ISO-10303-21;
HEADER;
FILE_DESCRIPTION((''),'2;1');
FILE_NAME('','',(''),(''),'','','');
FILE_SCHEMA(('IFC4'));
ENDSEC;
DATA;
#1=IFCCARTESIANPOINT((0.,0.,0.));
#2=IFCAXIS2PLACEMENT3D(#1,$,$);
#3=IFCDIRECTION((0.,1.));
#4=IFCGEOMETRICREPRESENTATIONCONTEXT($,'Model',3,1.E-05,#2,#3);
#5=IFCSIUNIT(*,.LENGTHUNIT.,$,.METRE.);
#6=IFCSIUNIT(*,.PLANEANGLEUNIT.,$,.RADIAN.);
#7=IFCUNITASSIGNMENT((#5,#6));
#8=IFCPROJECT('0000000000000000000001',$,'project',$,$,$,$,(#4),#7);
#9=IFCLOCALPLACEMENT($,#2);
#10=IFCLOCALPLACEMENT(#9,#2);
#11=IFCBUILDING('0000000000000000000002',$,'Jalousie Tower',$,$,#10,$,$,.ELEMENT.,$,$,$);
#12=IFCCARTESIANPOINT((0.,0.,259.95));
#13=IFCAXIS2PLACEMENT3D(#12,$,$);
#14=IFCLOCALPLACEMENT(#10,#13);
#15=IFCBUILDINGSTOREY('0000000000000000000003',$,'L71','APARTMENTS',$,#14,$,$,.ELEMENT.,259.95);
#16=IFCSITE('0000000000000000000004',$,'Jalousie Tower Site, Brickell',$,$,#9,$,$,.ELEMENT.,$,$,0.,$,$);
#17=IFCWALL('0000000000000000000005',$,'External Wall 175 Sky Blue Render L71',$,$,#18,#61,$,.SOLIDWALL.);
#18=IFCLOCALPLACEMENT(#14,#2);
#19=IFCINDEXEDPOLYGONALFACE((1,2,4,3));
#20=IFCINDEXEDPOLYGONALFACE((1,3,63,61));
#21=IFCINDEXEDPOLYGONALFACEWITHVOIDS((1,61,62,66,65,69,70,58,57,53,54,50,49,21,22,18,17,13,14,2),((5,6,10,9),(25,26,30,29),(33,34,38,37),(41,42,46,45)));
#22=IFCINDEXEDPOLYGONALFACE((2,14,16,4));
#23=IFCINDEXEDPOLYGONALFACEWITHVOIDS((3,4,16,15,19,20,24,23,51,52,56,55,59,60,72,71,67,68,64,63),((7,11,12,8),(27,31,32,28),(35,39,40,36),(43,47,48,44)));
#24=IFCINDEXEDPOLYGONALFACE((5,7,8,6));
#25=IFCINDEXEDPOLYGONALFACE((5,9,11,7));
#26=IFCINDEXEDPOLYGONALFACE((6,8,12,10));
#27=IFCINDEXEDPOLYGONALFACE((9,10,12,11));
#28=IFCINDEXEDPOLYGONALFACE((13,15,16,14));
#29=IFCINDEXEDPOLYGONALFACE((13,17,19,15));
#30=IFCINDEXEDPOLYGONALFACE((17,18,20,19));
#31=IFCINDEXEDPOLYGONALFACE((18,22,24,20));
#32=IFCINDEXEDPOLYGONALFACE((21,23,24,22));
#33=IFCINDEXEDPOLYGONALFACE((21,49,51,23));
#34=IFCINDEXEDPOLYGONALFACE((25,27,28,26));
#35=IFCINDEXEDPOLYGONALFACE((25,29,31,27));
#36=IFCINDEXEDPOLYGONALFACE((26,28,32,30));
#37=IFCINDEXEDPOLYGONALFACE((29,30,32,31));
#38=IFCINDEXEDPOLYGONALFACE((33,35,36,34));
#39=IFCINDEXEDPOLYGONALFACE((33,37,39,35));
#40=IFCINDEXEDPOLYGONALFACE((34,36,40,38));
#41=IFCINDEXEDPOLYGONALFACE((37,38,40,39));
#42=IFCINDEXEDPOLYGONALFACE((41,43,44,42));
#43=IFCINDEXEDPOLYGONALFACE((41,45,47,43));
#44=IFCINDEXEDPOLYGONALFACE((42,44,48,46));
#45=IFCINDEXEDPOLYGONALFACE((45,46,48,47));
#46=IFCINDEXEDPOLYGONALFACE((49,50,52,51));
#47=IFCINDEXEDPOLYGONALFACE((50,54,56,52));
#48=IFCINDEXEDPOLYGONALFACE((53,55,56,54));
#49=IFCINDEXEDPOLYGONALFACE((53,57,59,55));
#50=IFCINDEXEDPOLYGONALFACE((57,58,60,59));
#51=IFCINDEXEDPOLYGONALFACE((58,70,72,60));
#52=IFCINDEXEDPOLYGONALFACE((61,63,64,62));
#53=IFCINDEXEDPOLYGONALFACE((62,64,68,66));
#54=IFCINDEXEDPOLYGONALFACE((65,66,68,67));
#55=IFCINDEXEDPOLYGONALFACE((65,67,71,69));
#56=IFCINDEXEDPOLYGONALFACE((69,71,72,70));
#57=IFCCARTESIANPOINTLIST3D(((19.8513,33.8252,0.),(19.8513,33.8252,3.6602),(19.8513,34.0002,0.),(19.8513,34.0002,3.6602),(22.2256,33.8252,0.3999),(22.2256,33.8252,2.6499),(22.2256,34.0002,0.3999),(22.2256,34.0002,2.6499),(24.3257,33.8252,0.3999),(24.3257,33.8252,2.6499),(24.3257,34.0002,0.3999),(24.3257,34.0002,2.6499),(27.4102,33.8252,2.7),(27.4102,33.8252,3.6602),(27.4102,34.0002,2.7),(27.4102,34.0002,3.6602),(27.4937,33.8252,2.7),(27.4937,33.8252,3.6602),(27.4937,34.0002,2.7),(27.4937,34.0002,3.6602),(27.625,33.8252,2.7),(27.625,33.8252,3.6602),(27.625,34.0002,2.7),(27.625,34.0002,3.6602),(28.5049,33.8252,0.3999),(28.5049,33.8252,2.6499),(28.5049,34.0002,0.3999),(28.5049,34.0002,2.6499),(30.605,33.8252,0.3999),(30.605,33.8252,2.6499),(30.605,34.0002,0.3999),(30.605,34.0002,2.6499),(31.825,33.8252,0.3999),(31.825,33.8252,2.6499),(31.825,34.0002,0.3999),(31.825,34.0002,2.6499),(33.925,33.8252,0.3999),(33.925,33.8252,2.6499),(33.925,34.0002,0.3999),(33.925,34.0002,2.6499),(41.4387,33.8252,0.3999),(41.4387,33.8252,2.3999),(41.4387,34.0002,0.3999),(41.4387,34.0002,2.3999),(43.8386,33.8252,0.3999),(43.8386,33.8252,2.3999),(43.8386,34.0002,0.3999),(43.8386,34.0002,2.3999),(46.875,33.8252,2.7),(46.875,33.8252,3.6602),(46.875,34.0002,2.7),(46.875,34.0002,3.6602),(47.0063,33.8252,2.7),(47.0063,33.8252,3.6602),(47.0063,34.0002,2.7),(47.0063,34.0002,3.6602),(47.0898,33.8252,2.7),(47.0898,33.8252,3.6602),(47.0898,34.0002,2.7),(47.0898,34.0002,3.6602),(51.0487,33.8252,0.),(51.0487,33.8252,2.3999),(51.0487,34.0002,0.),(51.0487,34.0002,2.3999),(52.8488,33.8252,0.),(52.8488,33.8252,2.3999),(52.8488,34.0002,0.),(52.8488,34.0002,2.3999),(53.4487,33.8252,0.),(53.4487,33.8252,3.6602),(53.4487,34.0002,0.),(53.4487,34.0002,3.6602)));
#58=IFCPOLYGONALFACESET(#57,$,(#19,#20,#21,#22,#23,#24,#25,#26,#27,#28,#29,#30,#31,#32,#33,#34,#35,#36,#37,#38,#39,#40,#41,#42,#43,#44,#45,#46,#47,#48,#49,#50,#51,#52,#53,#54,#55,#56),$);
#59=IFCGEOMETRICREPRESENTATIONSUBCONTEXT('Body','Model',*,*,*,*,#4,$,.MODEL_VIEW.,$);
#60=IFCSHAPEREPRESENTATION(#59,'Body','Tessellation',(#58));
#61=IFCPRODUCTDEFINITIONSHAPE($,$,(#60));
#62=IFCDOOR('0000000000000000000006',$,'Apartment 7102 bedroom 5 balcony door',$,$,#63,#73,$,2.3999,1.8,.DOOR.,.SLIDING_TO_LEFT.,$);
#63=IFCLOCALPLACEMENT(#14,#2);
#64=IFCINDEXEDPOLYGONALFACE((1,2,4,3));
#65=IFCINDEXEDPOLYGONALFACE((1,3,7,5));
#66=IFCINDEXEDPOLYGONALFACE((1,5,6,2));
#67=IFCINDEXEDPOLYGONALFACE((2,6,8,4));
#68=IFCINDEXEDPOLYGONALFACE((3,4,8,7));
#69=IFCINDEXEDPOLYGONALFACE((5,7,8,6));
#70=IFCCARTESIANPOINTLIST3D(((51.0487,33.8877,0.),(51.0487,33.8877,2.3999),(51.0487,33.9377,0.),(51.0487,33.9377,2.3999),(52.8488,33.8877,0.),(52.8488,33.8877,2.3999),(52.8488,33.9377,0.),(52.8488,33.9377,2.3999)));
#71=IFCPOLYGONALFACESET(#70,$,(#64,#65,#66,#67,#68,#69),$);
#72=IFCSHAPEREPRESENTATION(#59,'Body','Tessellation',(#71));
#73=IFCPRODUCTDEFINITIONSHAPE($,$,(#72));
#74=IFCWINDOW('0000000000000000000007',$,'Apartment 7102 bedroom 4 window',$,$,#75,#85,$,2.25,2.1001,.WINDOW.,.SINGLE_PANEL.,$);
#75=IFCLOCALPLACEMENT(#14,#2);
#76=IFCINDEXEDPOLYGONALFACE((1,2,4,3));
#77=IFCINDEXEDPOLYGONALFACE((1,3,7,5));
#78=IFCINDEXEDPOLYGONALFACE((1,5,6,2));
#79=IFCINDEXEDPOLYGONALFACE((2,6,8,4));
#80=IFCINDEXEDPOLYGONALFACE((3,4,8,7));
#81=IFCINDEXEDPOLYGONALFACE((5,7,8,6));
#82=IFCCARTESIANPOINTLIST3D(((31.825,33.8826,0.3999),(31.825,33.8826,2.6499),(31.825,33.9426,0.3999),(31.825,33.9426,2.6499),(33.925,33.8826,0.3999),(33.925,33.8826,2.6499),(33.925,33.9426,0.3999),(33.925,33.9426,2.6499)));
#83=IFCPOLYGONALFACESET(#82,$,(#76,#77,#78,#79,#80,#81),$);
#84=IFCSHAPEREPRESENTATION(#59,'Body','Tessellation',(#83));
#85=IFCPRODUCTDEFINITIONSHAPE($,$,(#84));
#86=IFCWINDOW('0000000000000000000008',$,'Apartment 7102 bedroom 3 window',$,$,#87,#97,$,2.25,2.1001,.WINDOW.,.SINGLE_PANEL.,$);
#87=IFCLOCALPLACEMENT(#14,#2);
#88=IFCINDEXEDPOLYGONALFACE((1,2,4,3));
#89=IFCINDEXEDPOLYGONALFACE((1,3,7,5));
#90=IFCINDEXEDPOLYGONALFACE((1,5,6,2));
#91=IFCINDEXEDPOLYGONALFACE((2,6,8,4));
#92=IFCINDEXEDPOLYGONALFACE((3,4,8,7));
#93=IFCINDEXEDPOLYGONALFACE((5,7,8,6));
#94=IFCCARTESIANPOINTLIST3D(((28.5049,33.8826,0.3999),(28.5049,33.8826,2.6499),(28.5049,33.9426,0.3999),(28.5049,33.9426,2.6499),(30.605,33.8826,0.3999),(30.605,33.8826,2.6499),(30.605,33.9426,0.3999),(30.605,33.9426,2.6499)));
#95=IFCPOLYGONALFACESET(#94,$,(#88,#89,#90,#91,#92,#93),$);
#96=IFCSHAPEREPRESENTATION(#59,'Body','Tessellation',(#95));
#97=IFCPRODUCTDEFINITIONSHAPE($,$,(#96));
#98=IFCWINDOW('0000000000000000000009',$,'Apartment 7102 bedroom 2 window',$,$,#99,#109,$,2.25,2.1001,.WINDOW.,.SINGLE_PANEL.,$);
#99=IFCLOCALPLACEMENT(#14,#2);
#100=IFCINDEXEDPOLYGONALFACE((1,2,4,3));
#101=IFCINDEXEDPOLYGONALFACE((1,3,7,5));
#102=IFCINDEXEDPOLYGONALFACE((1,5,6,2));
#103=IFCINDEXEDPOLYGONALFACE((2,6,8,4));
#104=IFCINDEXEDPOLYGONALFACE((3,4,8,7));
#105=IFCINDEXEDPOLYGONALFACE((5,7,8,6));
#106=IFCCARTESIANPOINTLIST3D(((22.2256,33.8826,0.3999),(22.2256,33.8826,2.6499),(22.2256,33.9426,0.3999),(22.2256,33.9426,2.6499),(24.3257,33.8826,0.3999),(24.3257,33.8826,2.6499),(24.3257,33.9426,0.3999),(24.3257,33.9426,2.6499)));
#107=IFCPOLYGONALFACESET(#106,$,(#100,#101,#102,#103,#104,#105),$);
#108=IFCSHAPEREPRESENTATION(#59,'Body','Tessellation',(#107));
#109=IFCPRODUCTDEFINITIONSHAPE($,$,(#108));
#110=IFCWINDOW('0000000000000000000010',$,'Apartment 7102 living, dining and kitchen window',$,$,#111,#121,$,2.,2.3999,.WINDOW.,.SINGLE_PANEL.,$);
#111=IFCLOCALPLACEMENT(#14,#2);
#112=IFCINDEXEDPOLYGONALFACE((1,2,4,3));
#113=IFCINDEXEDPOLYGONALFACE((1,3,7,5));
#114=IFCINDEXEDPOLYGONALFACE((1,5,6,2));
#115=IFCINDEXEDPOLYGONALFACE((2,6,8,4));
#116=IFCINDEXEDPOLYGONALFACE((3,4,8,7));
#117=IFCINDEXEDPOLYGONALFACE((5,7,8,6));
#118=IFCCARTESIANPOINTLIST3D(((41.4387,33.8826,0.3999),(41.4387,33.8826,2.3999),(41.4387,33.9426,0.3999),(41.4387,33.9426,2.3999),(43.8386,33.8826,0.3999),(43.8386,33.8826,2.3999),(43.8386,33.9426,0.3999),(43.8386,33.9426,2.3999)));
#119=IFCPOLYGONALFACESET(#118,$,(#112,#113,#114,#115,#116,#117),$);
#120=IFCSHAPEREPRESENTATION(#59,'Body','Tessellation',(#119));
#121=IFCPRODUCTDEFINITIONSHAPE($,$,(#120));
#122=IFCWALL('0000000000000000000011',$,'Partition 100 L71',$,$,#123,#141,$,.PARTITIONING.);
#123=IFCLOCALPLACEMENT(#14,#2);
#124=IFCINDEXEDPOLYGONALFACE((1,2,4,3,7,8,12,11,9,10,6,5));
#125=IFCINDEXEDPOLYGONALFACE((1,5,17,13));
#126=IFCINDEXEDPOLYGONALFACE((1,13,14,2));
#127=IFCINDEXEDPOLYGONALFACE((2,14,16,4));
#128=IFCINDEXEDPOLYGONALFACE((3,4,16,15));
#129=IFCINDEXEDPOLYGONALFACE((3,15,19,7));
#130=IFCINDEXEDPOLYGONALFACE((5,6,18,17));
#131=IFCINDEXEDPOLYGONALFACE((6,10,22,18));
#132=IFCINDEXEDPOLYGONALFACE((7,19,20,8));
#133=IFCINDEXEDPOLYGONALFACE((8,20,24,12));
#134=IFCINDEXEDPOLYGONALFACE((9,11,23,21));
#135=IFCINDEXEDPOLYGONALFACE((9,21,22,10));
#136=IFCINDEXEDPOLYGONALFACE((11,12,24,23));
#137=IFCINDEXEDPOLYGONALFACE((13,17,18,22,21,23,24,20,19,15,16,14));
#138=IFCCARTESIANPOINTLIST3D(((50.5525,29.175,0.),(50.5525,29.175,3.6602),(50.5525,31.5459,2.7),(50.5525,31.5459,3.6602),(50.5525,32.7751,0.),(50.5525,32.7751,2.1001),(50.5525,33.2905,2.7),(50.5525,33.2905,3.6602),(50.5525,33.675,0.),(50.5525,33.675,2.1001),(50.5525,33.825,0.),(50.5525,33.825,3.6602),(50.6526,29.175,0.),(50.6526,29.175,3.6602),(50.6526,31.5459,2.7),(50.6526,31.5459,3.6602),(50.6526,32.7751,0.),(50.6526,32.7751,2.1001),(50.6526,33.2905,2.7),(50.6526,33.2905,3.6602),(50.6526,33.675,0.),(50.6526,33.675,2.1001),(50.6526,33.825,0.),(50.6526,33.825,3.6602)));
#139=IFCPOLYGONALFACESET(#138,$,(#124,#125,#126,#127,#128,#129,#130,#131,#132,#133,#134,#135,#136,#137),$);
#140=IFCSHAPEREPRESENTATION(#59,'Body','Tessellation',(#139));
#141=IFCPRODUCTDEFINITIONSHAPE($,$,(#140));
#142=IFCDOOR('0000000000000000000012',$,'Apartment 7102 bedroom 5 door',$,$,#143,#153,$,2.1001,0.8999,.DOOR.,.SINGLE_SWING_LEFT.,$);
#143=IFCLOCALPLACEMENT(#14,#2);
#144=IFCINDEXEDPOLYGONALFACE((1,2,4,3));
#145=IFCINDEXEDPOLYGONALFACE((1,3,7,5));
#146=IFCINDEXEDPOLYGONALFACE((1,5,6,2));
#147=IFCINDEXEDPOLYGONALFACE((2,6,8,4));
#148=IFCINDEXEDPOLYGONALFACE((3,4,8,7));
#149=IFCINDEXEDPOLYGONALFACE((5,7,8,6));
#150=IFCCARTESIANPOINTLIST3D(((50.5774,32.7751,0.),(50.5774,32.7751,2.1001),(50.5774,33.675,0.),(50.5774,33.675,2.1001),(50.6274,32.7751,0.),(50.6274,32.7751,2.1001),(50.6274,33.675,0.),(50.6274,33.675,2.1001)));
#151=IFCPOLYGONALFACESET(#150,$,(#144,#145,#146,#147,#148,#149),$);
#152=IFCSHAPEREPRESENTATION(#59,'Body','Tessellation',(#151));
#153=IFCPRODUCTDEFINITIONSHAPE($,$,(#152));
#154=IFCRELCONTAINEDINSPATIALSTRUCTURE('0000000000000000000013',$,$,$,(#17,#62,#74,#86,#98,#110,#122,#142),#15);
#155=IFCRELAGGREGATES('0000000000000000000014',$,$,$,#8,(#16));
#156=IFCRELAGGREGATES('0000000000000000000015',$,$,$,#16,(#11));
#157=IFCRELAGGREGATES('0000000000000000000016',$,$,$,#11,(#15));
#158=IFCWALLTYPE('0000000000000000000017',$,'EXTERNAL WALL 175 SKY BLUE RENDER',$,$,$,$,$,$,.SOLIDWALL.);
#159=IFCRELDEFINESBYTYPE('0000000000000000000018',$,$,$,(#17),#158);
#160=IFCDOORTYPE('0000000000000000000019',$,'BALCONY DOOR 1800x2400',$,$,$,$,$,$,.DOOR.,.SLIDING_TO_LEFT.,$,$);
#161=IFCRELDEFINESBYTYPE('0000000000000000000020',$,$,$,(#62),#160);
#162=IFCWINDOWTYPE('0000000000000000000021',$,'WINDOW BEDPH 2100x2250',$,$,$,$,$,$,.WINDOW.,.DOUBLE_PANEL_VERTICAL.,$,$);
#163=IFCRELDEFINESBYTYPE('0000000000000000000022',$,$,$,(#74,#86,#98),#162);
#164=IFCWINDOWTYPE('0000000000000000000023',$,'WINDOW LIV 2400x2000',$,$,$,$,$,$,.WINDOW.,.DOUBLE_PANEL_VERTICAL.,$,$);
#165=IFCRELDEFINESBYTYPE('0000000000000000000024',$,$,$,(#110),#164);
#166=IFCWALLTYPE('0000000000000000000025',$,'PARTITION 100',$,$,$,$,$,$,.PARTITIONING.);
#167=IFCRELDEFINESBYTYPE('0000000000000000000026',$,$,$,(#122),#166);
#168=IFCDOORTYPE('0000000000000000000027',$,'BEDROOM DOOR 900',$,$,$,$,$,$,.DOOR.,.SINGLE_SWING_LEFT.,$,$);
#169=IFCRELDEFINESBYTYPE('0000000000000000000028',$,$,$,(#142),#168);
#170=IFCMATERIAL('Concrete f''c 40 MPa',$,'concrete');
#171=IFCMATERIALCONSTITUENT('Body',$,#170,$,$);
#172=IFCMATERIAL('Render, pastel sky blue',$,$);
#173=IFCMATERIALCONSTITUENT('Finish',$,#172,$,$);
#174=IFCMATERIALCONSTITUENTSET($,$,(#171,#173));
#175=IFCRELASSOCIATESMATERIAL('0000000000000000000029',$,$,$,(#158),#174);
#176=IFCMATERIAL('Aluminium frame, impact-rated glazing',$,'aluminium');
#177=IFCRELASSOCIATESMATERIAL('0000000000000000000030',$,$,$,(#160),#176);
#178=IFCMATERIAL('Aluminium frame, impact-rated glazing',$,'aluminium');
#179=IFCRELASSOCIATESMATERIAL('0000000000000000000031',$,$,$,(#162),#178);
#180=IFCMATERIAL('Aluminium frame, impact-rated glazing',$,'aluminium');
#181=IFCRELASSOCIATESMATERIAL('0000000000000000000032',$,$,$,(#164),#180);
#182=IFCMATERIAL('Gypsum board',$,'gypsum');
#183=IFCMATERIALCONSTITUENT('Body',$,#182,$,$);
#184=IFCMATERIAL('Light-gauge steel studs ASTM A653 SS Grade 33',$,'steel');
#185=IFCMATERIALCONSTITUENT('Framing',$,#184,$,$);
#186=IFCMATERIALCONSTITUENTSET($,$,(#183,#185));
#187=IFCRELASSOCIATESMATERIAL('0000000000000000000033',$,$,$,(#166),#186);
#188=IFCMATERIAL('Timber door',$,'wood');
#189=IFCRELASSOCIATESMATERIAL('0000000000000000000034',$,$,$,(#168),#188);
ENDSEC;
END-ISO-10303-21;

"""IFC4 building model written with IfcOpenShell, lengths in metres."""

from ifc_helpers import new_model, si_unit, direction, frame, frame_2d, origin, place, context, subcontext, project, spatial, polyline, rectangle, outline, extrude, material, constituent, constituent_set, type_object, element, fill, save


model = new_model("IFC4")

# Units and contexts
model_context = context("Model", 3, precision=1e-05, world=origin(), true_north=direction((0.0, 1.0)))
body_context = subcontext(model_context, "Body", "Model", "MODEL_VIEW")
ifc_project = project(units=[si_unit("LENGTHUNIT", "METRE"), si_unit("PLANEANGLEUNIT", "RADIAN")], contexts=[model_context])

# Site, building, storey
site_placement = place(None, origin())
site = spatial("IfcSite", under=ifc_project, at=site_placement, Name="Jalousie Tower Site, Brickell", CompositionType="ELEMENT", RefElevation=0.0)
building_placement = place(site_placement, origin())
building = spatial("IfcBuilding", under=site, at=building_placement, Name="Jalousie Tower", CompositionType="ELEMENT")
storey_placement = place(building_placement, frame((0.0, 0.0, 259.95)))
storey = spatial("IfcBuildingStorey", under=building, at=storey_placement, Name="L71", Description="APARTMENTS", CompositionType="ELEMENT", Elevation=259.95)

# Wall, openings, door, windows
ifc_material_1 = material(Name="Concrete f'c 40 MPa", Category="concrete")
ifc_constituent_1 = constituent(ifc_material_1, Name="Body")
ifc_material_2 = material(Name="Render, pastel sky blue")
ifc_constituent_2 = constituent(ifc_material_2, Name="Finish")
ifc_constituent_set_1 = constituent_set(constituents=[ifc_constituent_1, ifc_constituent_2])
wall_type_1 = type_object("IfcWallType", Name="EXTERNAL WALL 175 SKY BLUE RENDER", PredefinedType="SOLIDWALL", material=ifc_constituent_set_1)
wall_1_placement = place(storey_placement, frame((53.4487, 33.9126, 0.0), z_axis=(0.0, 0.0, 1.0), x_axis=(-1.0, 0.0, 0.0)))
wall_1 = element("IfcWall", 1, at=wall_1_placement, inside=storey, type_object=wall_type_1, Name="External Wall 175 Sky Blue Render L71", PredefinedType="SOLIDWALL", context=body_context, shape_type="SweptSolid", body=[
    extrude(outline(polyline([(0.0, 0.0), (33.5974, 0.0), (33.5974, 3.6602), (26.0386, 3.6602), (26.0386, 2.7), (25.9551, 2.7), (25.9551, 3.6602), (25.8237, 3.6602), (25.8237, 2.7), (6.5737, 2.7), (6.5737, 3.6602), (6.4424, 3.6602), (6.4424, 2.7), (6.3589, 2.7), (6.3589, 3.6602), (0.0, 3.6602), (0.0, 0.0)])), frame((0.0, 0.0874, 0.0), z_axis=(0.0, -1.0, 0.0), x_axis=(1.0, 0.0, 0.0)), (0.0, 0.0, 1.0), 0.175),
])
opening_1_placement = place(wall_1_placement, frame((0.6001, 0.0, 0.0)))
opening_1 = element("IfcOpeningElement", 2, at=opening_1_placement, cuts=wall_1, PredefinedType="OPENING", context=body_context, shape_type="SweptSolid", body=[
    extrude(rectangle(XDim=1.8, YDim=2.3999, at=frame_2d((0.8999, 1.2))), frame((0.0, 0.0974, 0.0), z_axis=(0.0, -1.0, 0.0), x_axis=(1.0, 0.0, 0.0)), (0.0, 0.0, 1.0), 0.1951),
])
opening_2_placement = place(wall_1_placement, frame((9.6101, 0.0, 0.3999)))
opening_2 = element("IfcOpeningElement", 3, at=opening_2_placement, cuts=wall_1, PredefinedType="OPENING", context=body_context, shape_type="SweptSolid", body=[
    extrude(rectangle(XDim=2.3999, YDim=2.0, at=frame_2d((1.2, 1.0))), frame((0.0, 0.0974, 0.0), z_axis=(0.0, -1.0, 0.0), x_axis=(1.0, 0.0, 0.0)), (0.0, 0.0, 1.0), 0.1951),
])
opening_3_placement = place(wall_1_placement, frame((19.5237, 0.0, 0.3999)))
opening_3 = element("IfcOpeningElement", 4, at=opening_3_placement, cuts=wall_1, PredefinedType="OPENING", context=body_context, shape_type="SweptSolid", body=[
    extrude(rectangle(XDim=2.1001, YDim=2.25, at=frame_2d((1.05, 1.125))), frame((0.0, 0.0974, 0.0), z_axis=(0.0, -1.0, 0.0), x_axis=(1.0, 0.0, 0.0)), (0.0, 0.0, 1.0), 0.1951),
])
opening_4_placement = place(wall_1_placement, frame((22.8438, 0.0, 0.3999)))
opening_4 = element("IfcOpeningElement", 5, at=opening_4_placement, cuts=wall_1, PredefinedType="OPENING", context=body_context, shape_type="SweptSolid", body=[
    extrude(rectangle(XDim=2.1001, YDim=2.25, at=frame_2d((1.05, 1.125))), frame((0.0, 0.0974, 0.0), z_axis=(0.0, -1.0, 0.0), x_axis=(1.0, 0.0, 0.0)), (0.0, 0.0, 1.0), 0.1951),
])
opening_5_placement = place(wall_1_placement, frame((29.123, 0.0, 0.3999)))
opening_5 = element("IfcOpeningElement", 6, at=opening_5_placement, cuts=wall_1, PredefinedType="OPENING", context=body_context, shape_type="SweptSolid", body=[
    extrude(rectangle(XDim=2.1001, YDim=2.25, at=frame_2d((1.05, 1.125))), frame((0.0, 0.0974, 0.0), z_axis=(0.0, -1.0, 0.0), x_axis=(1.0, 0.0, 0.0)), (0.0, 0.0, 1.0), 0.1951),
])
ifc_material_3 = material(Name="Aluminium frame, impact-rated glazing", Category="aluminium")
door_type_1 = type_object("IfcDoorType", Name="BALCONY DOOR 1800x2400", OperationType="SLIDING_TO_LEFT", PredefinedType="DOOR", material=ifc_material_3)
door_1_placement = place(opening_1_placement, origin())
door_1 = element("IfcDoor", 7, at=door_1_placement, inside=storey, type_object=door_type_1, Name="Apartment 7102 bedroom 5 balcony door", OperationType="SLIDING_TO_LEFT", OverallHeight=2.3999, OverallWidth=1.8, PredefinedType="DOOR", context=body_context, shape_type="SweptSolid", body=[
    extrude(rectangle(XDim=1.8, YDim=2.3999, at=frame_2d((0.8999, 1.2))), frame((0.0, 0.0249, 0.0), z_axis=(0.0, -1.0, 0.0), x_axis=(1.0, 0.0, 0.0)), (0.0, 0.0, 1.0), 0.05),
])
fill(opening_1, door_1)
ifc_material_4 = material(Name="Aluminium frame, impact-rated glazing", Category="aluminium")
window_type_1 = type_object("IfcWindowType", Name="WINDOW BEDPH 2100x2250", PartitioningType="DOUBLE_PANEL_VERTICAL", PredefinedType="WINDOW", material=ifc_material_4)
window_1_placement = place(opening_3_placement, origin())
window_1 = element("IfcWindow", 8, at=window_1_placement, inside=storey, type_object=window_type_1, Name="Apartment 7102 bedroom 4 window", OverallHeight=2.25, OverallWidth=2.1001, PartitioningType="SINGLE_PANEL", PredefinedType="WINDOW", context=body_context, shape_type="SweptSolid", body=[
    extrude(rectangle(XDim=2.1001, YDim=2.25, at=frame_2d((1.05, 1.125))), frame((0.0, 0.03, 0.0), z_axis=(0.0, -1.0, 0.0), x_axis=(1.0, 0.0, 0.0)), (0.0, 0.0, 1.0), 0.0601),
])
fill(opening_3, window_1)
window_2_placement = place(opening_4_placement, origin())
window_2 = element("IfcWindow", 9, at=window_2_placement, inside=storey, type_object=window_type_1, Name="Apartment 7102 bedroom 3 window", OverallHeight=2.25, OverallWidth=2.1001, PartitioningType="SINGLE_PANEL", PredefinedType="WINDOW", context=body_context, shape_type="SweptSolid", body=[
    extrude(rectangle(XDim=2.1001, YDim=2.25, at=frame_2d((1.05, 1.125))), frame((0.0, 0.03, 0.0), z_axis=(0.0, -1.0, 0.0), x_axis=(1.0, 0.0, 0.0)), (0.0, 0.0, 1.0), 0.0601),
])
fill(opening_4, window_2)
window_3_placement = place(opening_5_placement, origin())
window_3 = element("IfcWindow", 10, at=window_3_placement, inside=storey, type_object=window_type_1, Name="Apartment 7102 bedroom 2 window", OverallHeight=2.25, OverallWidth=2.1001, PartitioningType="SINGLE_PANEL", PredefinedType="WINDOW", context=body_context, shape_type="SweptSolid", body=[
    extrude(rectangle(XDim=2.1001, YDim=2.25, at=frame_2d((1.05, 1.125))), frame((0.0, 0.03, 0.0), z_axis=(0.0, -1.0, 0.0), x_axis=(1.0, 0.0, 0.0)), (0.0, 0.0, 1.0), 0.0601),
])
fill(opening_5, window_3)
ifc_material_5 = material(Name="Aluminium frame, impact-rated glazing", Category="aluminium")
window_type_2 = type_object("IfcWindowType", Name="WINDOW LIV 2400x2000", PartitioningType="DOUBLE_PANEL_VERTICAL", PredefinedType="WINDOW", material=ifc_material_5)
window_4_placement = place(opening_2_placement, origin())
window_4 = element("IfcWindow", 11, at=window_4_placement, inside=storey, type_object=window_type_2, Name="Apartment 7102 living, dining and kitchen window", OverallHeight=2.0, OverallWidth=2.3999, PartitioningType="SINGLE_PANEL", PredefinedType="WINDOW", context=body_context, shape_type="SweptSolid", body=[
    extrude(rectangle(XDim=2.3999, YDim=2.0, at=frame_2d((1.2, 1.0))), frame((0.0, 0.03, 0.0), z_axis=(0.0, -1.0, 0.0), x_axis=(1.0, 0.0, 0.0)), (0.0, 0.0, 1.0), 0.0601),
])
fill(opening_2, window_4)

# Wall, opening, door
ifc_material_6 = material(Name="Gypsum board", Category="gypsum")
ifc_constituent_3 = constituent(ifc_material_6, Name="Body")
ifc_material_7 = material(Name="Light-gauge steel studs ASTM A653 SS Grade 33", Category="steel")
ifc_constituent_4 = constituent(ifc_material_7, Name="Framing")
ifc_constituent_set_2 = constituent_set(constituents=[ifc_constituent_3, ifc_constituent_4])
wall_type_2 = type_object("IfcWallType", Name="PARTITION 100", PredefinedType="PARTITIONING", material=ifc_constituent_set_2)
wall_2_placement = place(storey_placement, frame((50.6025, 33.825, 0.0), z_axis=(0.0, 0.0, 1.0), x_axis=(0.0, -1.0, 0.0)))
wall_2 = element("IfcWall", 12, at=wall_2_placement, inside=storey, type_object=wall_type_2, Name="Partition 100 L71", PredefinedType="PARTITIONING", context=body_context, shape_type="SweptSolid", body=[
    extrude(outline(polyline([(0.0, 0.0), (4.6499, 0.0), (4.6499, 3.6602), (2.2791, 3.6602), (2.2791, 2.7), (0.5344, 2.7), (0.5344, 3.6602), (0.0, 3.6602), (0.0, 0.0)])), frame((0.0, 0.05, 0.0), z_axis=(0.0, -1.0, 0.0), x_axis=(1.0, 0.0, 0.0)), (0.0, 0.0, 1.0), 0.1001),
])
opening_6_placement = place(wall_2_placement, frame((0.1499, 0.0, 0.0)))
opening_6 = element("IfcOpeningElement", 13, at=opening_6_placement, cuts=wall_2, PredefinedType="OPENING", context=body_context, shape_type="SweptSolid", body=[
    extrude(rectangle(XDim=0.8999, YDim=2.1001, at=frame_2d((0.45, 1.05))), frame((0.0, 0.0601, 0.0), z_axis=(0.0, -1.0, 0.0), x_axis=(1.0, 0.0, 0.0)), (0.0, 0.0, 1.0), 0.1201),
])
ifc_material_8 = material(Name="Timber door", Category="wood")
door_type_2 = type_object("IfcDoorType", Name="BEDROOM DOOR 900", OperationType="SINGLE_SWING_LEFT", PredefinedType="DOOR", material=ifc_material_8)
door_2_placement = place(opening_6_placement, origin())
door_2 = element("IfcDoor", 14, at=door_2_placement, inside=storey, type_object=door_type_2, Name="Apartment 7102 bedroom 5 door", OperationType="SINGLE_SWING_LEFT", OverallHeight=2.1001, OverallWidth=0.8999, PredefinedType="DOOR", context=body_context, shape_type="SweptSolid", body=[
    extrude(rectangle(XDim=0.8999, YDim=2.1001, at=frame_2d((0.45, 1.05))), frame((0.0, 0.0249, 0.0), z_axis=(0.0, -1.0, 0.0), x_axis=(1.0, 0.0, 0.0)), (0.0, 0.0, 1.0), 0.05),
])
fill(opening_6, door_2)

save(model, "model.ifc")
